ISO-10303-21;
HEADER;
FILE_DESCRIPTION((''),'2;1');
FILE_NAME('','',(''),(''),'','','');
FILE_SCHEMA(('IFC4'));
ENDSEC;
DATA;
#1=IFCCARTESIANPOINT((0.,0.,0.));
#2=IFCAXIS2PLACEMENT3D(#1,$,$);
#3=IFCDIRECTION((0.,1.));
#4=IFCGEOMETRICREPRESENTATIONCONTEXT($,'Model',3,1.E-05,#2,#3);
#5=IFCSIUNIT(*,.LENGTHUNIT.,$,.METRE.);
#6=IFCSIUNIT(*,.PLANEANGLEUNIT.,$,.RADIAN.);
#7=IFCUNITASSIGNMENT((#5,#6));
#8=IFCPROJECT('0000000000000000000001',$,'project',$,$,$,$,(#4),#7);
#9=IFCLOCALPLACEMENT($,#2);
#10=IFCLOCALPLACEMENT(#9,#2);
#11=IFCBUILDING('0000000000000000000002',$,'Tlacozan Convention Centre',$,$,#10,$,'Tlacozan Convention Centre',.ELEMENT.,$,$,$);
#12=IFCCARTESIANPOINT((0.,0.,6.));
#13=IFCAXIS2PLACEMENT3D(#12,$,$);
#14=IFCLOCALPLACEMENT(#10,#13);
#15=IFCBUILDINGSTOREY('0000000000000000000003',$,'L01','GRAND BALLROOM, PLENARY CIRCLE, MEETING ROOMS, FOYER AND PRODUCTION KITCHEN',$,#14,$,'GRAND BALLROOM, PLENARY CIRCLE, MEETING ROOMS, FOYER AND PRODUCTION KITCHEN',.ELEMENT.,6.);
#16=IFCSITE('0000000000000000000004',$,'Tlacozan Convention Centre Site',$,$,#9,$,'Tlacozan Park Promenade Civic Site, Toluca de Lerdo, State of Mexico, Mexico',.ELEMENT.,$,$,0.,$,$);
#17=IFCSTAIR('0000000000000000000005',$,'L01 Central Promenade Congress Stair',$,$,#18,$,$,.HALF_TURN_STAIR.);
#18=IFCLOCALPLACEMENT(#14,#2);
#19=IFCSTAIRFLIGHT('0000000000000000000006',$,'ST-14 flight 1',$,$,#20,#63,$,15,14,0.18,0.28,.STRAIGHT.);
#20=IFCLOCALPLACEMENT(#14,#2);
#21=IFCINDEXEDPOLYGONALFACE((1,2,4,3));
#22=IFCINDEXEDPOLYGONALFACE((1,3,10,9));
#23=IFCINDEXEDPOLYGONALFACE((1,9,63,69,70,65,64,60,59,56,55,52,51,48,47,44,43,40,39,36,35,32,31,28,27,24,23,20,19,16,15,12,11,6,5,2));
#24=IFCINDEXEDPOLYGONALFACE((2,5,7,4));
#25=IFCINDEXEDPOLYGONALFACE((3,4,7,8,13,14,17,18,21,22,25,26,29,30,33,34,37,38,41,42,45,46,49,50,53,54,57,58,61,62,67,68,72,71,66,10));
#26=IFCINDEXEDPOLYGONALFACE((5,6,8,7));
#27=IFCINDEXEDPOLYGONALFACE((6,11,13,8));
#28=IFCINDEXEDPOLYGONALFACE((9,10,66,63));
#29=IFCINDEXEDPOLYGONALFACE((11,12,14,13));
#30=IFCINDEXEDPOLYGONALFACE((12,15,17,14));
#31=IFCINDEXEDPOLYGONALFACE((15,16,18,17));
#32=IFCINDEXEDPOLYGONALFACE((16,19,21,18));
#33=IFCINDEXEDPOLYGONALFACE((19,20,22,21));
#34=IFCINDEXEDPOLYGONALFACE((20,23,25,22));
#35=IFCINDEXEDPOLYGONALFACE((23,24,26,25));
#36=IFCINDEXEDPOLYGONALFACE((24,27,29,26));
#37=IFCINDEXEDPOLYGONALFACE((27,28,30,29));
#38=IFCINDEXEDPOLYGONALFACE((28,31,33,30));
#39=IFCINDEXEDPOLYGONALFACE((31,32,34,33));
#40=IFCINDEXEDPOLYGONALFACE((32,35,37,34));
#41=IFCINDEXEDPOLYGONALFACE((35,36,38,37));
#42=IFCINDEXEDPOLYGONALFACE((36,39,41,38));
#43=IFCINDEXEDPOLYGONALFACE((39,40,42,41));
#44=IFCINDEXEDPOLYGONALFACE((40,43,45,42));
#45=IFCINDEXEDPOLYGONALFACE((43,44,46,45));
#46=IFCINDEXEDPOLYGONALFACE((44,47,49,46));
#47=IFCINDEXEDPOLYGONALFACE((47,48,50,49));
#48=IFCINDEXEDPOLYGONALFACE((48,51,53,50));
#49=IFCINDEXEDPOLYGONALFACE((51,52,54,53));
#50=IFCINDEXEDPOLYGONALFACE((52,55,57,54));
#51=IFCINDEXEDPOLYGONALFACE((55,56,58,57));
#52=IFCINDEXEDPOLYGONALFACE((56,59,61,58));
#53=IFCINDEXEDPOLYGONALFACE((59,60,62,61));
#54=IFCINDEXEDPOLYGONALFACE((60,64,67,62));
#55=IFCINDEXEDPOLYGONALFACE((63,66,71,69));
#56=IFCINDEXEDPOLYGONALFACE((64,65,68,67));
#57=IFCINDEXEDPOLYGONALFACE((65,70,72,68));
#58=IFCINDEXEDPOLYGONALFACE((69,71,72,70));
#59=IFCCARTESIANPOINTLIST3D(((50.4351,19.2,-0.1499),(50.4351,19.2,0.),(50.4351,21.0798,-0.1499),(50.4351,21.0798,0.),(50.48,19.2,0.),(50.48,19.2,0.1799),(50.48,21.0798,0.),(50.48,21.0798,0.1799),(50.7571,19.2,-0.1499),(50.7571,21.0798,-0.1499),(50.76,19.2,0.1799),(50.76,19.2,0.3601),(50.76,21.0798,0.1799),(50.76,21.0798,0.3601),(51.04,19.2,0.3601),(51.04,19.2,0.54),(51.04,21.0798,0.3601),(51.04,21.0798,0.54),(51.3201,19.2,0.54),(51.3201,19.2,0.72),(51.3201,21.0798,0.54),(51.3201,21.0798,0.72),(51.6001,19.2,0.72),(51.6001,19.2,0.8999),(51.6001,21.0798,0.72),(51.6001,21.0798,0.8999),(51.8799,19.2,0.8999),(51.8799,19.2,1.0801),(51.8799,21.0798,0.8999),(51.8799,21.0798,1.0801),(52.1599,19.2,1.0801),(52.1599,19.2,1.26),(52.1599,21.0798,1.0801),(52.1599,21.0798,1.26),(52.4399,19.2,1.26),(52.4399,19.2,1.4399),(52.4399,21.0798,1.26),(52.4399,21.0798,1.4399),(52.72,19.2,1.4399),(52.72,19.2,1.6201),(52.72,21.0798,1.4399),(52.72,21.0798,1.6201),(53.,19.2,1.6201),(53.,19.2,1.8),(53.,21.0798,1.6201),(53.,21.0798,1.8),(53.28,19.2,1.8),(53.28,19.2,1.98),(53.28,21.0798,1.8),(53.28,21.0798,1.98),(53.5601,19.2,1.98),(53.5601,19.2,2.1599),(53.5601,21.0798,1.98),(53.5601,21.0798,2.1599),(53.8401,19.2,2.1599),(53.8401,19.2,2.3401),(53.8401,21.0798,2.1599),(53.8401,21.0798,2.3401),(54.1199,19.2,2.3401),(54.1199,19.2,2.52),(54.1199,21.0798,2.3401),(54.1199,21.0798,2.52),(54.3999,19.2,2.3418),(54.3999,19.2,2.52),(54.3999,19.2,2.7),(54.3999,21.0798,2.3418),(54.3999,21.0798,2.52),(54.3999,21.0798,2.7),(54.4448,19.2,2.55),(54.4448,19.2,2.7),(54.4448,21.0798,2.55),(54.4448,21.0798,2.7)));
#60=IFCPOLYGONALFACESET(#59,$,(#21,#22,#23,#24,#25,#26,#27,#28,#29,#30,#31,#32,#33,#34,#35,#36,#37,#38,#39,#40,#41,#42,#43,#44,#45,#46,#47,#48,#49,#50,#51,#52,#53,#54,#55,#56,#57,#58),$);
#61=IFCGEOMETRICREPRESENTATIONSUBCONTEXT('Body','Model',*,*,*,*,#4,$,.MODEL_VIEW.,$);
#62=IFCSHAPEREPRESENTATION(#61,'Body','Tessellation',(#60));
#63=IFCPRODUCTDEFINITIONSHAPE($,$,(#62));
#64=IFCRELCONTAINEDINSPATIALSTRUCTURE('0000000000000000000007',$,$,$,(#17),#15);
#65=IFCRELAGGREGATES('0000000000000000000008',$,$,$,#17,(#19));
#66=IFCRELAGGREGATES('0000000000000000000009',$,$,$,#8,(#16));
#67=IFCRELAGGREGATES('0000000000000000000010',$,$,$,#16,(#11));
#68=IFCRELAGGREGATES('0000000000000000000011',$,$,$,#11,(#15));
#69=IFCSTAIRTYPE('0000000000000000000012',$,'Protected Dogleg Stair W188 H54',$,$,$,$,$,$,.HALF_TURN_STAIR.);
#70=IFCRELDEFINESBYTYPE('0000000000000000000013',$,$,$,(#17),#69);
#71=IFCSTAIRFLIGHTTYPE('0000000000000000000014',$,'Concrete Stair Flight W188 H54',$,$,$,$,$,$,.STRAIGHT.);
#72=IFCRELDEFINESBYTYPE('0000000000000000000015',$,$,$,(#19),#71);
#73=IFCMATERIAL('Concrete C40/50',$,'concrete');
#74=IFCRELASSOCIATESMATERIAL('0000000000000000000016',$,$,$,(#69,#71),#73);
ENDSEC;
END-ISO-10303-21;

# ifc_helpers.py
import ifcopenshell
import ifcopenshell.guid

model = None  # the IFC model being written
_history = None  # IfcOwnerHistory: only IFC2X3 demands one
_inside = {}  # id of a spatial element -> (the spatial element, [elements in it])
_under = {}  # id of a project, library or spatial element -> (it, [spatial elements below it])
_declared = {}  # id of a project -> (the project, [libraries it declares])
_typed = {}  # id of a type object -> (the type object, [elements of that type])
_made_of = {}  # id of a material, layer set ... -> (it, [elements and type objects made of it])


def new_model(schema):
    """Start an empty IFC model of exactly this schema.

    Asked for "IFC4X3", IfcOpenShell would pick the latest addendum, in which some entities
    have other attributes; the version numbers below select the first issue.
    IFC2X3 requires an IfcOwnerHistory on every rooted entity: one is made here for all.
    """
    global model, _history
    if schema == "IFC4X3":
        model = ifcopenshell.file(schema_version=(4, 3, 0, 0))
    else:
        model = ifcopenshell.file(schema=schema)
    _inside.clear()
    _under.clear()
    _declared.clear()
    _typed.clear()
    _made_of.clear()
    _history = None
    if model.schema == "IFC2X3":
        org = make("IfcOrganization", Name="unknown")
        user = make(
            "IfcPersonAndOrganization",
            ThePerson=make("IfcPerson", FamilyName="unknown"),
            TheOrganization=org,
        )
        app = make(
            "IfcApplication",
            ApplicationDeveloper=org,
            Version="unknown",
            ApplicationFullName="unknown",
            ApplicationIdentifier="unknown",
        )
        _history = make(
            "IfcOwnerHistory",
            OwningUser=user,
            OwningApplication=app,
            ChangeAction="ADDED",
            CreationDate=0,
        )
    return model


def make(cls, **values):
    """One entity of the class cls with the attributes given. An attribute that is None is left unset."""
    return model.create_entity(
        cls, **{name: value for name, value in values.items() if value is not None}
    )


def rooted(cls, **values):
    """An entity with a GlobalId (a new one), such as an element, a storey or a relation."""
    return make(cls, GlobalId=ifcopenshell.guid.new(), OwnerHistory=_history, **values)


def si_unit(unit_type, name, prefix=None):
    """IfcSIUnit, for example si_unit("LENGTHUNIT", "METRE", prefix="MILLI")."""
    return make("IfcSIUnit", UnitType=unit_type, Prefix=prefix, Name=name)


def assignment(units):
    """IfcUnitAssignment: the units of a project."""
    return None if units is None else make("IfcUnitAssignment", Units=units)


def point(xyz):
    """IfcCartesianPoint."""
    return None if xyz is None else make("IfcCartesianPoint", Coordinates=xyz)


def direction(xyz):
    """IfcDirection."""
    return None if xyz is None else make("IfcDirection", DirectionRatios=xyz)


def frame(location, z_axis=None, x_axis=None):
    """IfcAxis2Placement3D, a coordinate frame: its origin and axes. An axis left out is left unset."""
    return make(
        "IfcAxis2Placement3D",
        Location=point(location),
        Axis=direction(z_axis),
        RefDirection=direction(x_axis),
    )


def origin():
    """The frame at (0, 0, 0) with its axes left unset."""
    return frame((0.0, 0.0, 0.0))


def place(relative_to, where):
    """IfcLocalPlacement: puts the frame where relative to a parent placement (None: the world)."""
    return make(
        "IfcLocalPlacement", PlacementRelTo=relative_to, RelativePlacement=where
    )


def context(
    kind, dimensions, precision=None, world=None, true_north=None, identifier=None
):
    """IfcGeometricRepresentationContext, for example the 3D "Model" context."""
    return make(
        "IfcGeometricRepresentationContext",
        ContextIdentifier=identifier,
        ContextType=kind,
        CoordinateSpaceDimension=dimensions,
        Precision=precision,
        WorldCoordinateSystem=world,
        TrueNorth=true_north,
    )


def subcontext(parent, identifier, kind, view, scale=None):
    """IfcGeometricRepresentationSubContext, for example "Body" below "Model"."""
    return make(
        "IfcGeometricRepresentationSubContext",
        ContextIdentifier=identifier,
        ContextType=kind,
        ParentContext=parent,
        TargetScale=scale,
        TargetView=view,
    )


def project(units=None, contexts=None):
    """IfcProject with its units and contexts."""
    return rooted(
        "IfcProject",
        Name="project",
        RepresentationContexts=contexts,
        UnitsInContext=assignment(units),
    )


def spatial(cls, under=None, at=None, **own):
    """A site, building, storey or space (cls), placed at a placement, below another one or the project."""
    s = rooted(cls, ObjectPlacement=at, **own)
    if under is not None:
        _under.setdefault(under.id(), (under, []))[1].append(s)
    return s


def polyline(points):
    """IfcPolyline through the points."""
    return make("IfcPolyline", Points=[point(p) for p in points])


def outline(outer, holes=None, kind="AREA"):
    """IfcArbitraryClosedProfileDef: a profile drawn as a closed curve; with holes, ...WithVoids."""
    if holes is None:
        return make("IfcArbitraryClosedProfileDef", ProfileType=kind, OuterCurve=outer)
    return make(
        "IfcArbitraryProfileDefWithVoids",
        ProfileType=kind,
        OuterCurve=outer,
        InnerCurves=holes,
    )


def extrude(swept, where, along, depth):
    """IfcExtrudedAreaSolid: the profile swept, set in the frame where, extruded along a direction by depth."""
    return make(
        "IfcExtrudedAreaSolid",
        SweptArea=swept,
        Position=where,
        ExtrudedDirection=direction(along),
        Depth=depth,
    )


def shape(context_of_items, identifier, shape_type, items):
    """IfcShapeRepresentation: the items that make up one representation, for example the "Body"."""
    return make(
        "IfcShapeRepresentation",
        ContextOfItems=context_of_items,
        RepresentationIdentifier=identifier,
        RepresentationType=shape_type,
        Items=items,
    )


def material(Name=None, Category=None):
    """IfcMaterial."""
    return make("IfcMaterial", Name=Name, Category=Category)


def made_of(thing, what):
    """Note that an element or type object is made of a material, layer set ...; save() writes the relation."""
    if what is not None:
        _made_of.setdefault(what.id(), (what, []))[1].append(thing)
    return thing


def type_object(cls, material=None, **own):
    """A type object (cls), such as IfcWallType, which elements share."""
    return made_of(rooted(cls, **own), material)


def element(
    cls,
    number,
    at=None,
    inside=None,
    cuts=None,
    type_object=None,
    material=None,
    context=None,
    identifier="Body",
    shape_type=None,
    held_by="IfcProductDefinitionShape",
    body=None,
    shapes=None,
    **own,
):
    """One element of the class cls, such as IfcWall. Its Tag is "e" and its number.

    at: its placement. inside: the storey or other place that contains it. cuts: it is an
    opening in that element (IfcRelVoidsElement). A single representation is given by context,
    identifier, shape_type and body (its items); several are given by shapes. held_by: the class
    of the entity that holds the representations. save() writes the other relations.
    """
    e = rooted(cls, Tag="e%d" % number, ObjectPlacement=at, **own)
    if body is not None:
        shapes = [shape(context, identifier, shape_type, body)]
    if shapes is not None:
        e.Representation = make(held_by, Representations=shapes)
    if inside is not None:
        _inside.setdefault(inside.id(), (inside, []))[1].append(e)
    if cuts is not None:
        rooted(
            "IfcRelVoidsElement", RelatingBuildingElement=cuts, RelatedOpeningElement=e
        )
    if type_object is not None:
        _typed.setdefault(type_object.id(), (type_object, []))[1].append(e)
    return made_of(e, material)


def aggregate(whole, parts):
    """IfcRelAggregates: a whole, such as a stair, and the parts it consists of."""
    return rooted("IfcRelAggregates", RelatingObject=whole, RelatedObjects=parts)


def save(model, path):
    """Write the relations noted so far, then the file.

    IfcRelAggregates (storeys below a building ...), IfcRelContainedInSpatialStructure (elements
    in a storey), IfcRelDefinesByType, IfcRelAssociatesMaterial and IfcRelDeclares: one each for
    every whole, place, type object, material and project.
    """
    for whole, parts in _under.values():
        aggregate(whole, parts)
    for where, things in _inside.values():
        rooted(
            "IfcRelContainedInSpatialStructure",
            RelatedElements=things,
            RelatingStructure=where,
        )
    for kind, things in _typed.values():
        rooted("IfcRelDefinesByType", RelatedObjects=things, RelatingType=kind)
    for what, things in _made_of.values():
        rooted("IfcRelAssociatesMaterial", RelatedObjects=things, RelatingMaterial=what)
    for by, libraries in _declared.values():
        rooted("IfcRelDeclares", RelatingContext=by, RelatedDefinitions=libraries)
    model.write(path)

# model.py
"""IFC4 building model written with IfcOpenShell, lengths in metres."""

from ifc_helpers import new_model, si_unit, direction, frame, origin, place, context, subcontext, project, spatial, polyline, outline, extrude, material, type_object, element, aggregate, save


model = new_model("IFC4")

# Units and contexts
model_context = context("Model", 3, precision=1e-05, world=origin(), true_north=direction((0.0, 1.0)))
body_context = subcontext(model_context, "Body", "Model", "MODEL_VIEW")
ifc_project = project(units=[si_unit("LENGTHUNIT", "METRE"), si_unit("PLANEANGLEUNIT", "RADIAN")], contexts=[model_context])

# Site, building, storey
site_placement = place(None, origin())
site = spatial("IfcSite", under=ifc_project, at=site_placement, Name="Tlacozan Convention Centre Site", LongName="Tlacozan Park Promenade Civic Site, Toluca de Lerdo, State of Mexico, Mexico", CompositionType="ELEMENT", RefElevation=0.0)
building_placement = place(site_placement, origin())
building = spatial("IfcBuilding", under=site, at=building_placement, Name="Tlacozan Convention Centre", LongName="Tlacozan Convention Centre", CompositionType="ELEMENT")
storey_placement = place(building_placement, frame((0.0, 0.0, 6.0)))
storey = spatial("IfcBuildingStorey", under=building, at=storey_placement, Name="L01", Description="GRAND BALLROOM, PLENARY CIRCLE, MEETING ROOMS, FOYER AND PRODUCTION KITCHEN", LongName="GRAND BALLROOM, PLENARY CIRCLE, MEETING ROOMS, FOYER AND PRODUCTION KITCHEN", CompositionType="ELEMENT", Elevation=6.0)

# Shared definitions
ifc_material_1 = material(Name="Concrete C40/50", Category="concrete")

# Stair, stair flight
stair_type = type_object("IfcStairType", Name="Protected Dogleg Stair W188 H54", PredefinedType="HALF_TURN_STAIR", material=ifc_material_1)
stair_placement = place(storey_placement, origin())
stair = element("IfcStair", 1, at=stair_placement, inside=storey, type_object=stair_type, Name="L01 Central Promenade Congress Stair", PredefinedType="HALF_TURN_STAIR")
stair_flight_type = type_object("IfcStairFlightType", Name="Concrete Stair Flight W188 H54", PredefinedType="STRAIGHT", material=ifc_material_1)
stair_flight_placement = place(storey_placement, frame((50.48, 20.1399, 0.0), z_axis=(0.0, 0.0, 1.0), x_axis=(1.0, 0.0, 0.0)))
stair_flight = element("IfcStairFlight", 2, at=stair_flight_placement, type_object=stair_flight_type, Name="ST-14 flight 1", NumberOfRisers=15, NumberOfTreads=14, PredefinedType="STRAIGHT", RiserHeight=0.18, TreadLength=0.28, context=body_context, shape_type="SweptSolid", body=[
    extrude(outline(polyline([(-0.0449, -0.1499), (-0.0449, 0.0), (0.0, 0.0), (0.0, 0.1799), (0.28, 0.1799), (0.28, 0.3601), (0.5601, 0.3601), (0.5601, 0.54), (0.8401, 0.54), (0.8401, 0.72), (1.1201, 0.72), (1.1201, 0.8999), (1.3999, 0.8999), (1.3999, 1.0801), (1.6799, 1.0801), (1.6799, 1.26), (1.96, 1.26), (1.96, 1.4399), (2.24, 1.4399), (2.24, 1.6201), (2.52, 1.6201), (2.52, 1.8), (2.8, 1.8), (2.8, 1.98), (3.0801, 1.98), (3.0801, 2.1599), (3.3601, 2.1599), (3.3601, 2.3401), (3.6399, 2.3401), (3.6399, 2.52), (3.9199, 2.52), (3.9199, 2.7), (3.9648, 2.7), (3.9648, 2.55), (3.9199, 2.3418), (0.2771, -0.1499), (-0.0449, -0.1499)])), frame((0.0, 0.9399, 0.0), z_axis=(0.0, -1.0, 0.0), x_axis=(1.0, 0.0, 0.0)), (0.0, 0.0, 1.0), 1.8799),
])
aggregate(stair, [stair_flight])

save(model, "model.ifc")
